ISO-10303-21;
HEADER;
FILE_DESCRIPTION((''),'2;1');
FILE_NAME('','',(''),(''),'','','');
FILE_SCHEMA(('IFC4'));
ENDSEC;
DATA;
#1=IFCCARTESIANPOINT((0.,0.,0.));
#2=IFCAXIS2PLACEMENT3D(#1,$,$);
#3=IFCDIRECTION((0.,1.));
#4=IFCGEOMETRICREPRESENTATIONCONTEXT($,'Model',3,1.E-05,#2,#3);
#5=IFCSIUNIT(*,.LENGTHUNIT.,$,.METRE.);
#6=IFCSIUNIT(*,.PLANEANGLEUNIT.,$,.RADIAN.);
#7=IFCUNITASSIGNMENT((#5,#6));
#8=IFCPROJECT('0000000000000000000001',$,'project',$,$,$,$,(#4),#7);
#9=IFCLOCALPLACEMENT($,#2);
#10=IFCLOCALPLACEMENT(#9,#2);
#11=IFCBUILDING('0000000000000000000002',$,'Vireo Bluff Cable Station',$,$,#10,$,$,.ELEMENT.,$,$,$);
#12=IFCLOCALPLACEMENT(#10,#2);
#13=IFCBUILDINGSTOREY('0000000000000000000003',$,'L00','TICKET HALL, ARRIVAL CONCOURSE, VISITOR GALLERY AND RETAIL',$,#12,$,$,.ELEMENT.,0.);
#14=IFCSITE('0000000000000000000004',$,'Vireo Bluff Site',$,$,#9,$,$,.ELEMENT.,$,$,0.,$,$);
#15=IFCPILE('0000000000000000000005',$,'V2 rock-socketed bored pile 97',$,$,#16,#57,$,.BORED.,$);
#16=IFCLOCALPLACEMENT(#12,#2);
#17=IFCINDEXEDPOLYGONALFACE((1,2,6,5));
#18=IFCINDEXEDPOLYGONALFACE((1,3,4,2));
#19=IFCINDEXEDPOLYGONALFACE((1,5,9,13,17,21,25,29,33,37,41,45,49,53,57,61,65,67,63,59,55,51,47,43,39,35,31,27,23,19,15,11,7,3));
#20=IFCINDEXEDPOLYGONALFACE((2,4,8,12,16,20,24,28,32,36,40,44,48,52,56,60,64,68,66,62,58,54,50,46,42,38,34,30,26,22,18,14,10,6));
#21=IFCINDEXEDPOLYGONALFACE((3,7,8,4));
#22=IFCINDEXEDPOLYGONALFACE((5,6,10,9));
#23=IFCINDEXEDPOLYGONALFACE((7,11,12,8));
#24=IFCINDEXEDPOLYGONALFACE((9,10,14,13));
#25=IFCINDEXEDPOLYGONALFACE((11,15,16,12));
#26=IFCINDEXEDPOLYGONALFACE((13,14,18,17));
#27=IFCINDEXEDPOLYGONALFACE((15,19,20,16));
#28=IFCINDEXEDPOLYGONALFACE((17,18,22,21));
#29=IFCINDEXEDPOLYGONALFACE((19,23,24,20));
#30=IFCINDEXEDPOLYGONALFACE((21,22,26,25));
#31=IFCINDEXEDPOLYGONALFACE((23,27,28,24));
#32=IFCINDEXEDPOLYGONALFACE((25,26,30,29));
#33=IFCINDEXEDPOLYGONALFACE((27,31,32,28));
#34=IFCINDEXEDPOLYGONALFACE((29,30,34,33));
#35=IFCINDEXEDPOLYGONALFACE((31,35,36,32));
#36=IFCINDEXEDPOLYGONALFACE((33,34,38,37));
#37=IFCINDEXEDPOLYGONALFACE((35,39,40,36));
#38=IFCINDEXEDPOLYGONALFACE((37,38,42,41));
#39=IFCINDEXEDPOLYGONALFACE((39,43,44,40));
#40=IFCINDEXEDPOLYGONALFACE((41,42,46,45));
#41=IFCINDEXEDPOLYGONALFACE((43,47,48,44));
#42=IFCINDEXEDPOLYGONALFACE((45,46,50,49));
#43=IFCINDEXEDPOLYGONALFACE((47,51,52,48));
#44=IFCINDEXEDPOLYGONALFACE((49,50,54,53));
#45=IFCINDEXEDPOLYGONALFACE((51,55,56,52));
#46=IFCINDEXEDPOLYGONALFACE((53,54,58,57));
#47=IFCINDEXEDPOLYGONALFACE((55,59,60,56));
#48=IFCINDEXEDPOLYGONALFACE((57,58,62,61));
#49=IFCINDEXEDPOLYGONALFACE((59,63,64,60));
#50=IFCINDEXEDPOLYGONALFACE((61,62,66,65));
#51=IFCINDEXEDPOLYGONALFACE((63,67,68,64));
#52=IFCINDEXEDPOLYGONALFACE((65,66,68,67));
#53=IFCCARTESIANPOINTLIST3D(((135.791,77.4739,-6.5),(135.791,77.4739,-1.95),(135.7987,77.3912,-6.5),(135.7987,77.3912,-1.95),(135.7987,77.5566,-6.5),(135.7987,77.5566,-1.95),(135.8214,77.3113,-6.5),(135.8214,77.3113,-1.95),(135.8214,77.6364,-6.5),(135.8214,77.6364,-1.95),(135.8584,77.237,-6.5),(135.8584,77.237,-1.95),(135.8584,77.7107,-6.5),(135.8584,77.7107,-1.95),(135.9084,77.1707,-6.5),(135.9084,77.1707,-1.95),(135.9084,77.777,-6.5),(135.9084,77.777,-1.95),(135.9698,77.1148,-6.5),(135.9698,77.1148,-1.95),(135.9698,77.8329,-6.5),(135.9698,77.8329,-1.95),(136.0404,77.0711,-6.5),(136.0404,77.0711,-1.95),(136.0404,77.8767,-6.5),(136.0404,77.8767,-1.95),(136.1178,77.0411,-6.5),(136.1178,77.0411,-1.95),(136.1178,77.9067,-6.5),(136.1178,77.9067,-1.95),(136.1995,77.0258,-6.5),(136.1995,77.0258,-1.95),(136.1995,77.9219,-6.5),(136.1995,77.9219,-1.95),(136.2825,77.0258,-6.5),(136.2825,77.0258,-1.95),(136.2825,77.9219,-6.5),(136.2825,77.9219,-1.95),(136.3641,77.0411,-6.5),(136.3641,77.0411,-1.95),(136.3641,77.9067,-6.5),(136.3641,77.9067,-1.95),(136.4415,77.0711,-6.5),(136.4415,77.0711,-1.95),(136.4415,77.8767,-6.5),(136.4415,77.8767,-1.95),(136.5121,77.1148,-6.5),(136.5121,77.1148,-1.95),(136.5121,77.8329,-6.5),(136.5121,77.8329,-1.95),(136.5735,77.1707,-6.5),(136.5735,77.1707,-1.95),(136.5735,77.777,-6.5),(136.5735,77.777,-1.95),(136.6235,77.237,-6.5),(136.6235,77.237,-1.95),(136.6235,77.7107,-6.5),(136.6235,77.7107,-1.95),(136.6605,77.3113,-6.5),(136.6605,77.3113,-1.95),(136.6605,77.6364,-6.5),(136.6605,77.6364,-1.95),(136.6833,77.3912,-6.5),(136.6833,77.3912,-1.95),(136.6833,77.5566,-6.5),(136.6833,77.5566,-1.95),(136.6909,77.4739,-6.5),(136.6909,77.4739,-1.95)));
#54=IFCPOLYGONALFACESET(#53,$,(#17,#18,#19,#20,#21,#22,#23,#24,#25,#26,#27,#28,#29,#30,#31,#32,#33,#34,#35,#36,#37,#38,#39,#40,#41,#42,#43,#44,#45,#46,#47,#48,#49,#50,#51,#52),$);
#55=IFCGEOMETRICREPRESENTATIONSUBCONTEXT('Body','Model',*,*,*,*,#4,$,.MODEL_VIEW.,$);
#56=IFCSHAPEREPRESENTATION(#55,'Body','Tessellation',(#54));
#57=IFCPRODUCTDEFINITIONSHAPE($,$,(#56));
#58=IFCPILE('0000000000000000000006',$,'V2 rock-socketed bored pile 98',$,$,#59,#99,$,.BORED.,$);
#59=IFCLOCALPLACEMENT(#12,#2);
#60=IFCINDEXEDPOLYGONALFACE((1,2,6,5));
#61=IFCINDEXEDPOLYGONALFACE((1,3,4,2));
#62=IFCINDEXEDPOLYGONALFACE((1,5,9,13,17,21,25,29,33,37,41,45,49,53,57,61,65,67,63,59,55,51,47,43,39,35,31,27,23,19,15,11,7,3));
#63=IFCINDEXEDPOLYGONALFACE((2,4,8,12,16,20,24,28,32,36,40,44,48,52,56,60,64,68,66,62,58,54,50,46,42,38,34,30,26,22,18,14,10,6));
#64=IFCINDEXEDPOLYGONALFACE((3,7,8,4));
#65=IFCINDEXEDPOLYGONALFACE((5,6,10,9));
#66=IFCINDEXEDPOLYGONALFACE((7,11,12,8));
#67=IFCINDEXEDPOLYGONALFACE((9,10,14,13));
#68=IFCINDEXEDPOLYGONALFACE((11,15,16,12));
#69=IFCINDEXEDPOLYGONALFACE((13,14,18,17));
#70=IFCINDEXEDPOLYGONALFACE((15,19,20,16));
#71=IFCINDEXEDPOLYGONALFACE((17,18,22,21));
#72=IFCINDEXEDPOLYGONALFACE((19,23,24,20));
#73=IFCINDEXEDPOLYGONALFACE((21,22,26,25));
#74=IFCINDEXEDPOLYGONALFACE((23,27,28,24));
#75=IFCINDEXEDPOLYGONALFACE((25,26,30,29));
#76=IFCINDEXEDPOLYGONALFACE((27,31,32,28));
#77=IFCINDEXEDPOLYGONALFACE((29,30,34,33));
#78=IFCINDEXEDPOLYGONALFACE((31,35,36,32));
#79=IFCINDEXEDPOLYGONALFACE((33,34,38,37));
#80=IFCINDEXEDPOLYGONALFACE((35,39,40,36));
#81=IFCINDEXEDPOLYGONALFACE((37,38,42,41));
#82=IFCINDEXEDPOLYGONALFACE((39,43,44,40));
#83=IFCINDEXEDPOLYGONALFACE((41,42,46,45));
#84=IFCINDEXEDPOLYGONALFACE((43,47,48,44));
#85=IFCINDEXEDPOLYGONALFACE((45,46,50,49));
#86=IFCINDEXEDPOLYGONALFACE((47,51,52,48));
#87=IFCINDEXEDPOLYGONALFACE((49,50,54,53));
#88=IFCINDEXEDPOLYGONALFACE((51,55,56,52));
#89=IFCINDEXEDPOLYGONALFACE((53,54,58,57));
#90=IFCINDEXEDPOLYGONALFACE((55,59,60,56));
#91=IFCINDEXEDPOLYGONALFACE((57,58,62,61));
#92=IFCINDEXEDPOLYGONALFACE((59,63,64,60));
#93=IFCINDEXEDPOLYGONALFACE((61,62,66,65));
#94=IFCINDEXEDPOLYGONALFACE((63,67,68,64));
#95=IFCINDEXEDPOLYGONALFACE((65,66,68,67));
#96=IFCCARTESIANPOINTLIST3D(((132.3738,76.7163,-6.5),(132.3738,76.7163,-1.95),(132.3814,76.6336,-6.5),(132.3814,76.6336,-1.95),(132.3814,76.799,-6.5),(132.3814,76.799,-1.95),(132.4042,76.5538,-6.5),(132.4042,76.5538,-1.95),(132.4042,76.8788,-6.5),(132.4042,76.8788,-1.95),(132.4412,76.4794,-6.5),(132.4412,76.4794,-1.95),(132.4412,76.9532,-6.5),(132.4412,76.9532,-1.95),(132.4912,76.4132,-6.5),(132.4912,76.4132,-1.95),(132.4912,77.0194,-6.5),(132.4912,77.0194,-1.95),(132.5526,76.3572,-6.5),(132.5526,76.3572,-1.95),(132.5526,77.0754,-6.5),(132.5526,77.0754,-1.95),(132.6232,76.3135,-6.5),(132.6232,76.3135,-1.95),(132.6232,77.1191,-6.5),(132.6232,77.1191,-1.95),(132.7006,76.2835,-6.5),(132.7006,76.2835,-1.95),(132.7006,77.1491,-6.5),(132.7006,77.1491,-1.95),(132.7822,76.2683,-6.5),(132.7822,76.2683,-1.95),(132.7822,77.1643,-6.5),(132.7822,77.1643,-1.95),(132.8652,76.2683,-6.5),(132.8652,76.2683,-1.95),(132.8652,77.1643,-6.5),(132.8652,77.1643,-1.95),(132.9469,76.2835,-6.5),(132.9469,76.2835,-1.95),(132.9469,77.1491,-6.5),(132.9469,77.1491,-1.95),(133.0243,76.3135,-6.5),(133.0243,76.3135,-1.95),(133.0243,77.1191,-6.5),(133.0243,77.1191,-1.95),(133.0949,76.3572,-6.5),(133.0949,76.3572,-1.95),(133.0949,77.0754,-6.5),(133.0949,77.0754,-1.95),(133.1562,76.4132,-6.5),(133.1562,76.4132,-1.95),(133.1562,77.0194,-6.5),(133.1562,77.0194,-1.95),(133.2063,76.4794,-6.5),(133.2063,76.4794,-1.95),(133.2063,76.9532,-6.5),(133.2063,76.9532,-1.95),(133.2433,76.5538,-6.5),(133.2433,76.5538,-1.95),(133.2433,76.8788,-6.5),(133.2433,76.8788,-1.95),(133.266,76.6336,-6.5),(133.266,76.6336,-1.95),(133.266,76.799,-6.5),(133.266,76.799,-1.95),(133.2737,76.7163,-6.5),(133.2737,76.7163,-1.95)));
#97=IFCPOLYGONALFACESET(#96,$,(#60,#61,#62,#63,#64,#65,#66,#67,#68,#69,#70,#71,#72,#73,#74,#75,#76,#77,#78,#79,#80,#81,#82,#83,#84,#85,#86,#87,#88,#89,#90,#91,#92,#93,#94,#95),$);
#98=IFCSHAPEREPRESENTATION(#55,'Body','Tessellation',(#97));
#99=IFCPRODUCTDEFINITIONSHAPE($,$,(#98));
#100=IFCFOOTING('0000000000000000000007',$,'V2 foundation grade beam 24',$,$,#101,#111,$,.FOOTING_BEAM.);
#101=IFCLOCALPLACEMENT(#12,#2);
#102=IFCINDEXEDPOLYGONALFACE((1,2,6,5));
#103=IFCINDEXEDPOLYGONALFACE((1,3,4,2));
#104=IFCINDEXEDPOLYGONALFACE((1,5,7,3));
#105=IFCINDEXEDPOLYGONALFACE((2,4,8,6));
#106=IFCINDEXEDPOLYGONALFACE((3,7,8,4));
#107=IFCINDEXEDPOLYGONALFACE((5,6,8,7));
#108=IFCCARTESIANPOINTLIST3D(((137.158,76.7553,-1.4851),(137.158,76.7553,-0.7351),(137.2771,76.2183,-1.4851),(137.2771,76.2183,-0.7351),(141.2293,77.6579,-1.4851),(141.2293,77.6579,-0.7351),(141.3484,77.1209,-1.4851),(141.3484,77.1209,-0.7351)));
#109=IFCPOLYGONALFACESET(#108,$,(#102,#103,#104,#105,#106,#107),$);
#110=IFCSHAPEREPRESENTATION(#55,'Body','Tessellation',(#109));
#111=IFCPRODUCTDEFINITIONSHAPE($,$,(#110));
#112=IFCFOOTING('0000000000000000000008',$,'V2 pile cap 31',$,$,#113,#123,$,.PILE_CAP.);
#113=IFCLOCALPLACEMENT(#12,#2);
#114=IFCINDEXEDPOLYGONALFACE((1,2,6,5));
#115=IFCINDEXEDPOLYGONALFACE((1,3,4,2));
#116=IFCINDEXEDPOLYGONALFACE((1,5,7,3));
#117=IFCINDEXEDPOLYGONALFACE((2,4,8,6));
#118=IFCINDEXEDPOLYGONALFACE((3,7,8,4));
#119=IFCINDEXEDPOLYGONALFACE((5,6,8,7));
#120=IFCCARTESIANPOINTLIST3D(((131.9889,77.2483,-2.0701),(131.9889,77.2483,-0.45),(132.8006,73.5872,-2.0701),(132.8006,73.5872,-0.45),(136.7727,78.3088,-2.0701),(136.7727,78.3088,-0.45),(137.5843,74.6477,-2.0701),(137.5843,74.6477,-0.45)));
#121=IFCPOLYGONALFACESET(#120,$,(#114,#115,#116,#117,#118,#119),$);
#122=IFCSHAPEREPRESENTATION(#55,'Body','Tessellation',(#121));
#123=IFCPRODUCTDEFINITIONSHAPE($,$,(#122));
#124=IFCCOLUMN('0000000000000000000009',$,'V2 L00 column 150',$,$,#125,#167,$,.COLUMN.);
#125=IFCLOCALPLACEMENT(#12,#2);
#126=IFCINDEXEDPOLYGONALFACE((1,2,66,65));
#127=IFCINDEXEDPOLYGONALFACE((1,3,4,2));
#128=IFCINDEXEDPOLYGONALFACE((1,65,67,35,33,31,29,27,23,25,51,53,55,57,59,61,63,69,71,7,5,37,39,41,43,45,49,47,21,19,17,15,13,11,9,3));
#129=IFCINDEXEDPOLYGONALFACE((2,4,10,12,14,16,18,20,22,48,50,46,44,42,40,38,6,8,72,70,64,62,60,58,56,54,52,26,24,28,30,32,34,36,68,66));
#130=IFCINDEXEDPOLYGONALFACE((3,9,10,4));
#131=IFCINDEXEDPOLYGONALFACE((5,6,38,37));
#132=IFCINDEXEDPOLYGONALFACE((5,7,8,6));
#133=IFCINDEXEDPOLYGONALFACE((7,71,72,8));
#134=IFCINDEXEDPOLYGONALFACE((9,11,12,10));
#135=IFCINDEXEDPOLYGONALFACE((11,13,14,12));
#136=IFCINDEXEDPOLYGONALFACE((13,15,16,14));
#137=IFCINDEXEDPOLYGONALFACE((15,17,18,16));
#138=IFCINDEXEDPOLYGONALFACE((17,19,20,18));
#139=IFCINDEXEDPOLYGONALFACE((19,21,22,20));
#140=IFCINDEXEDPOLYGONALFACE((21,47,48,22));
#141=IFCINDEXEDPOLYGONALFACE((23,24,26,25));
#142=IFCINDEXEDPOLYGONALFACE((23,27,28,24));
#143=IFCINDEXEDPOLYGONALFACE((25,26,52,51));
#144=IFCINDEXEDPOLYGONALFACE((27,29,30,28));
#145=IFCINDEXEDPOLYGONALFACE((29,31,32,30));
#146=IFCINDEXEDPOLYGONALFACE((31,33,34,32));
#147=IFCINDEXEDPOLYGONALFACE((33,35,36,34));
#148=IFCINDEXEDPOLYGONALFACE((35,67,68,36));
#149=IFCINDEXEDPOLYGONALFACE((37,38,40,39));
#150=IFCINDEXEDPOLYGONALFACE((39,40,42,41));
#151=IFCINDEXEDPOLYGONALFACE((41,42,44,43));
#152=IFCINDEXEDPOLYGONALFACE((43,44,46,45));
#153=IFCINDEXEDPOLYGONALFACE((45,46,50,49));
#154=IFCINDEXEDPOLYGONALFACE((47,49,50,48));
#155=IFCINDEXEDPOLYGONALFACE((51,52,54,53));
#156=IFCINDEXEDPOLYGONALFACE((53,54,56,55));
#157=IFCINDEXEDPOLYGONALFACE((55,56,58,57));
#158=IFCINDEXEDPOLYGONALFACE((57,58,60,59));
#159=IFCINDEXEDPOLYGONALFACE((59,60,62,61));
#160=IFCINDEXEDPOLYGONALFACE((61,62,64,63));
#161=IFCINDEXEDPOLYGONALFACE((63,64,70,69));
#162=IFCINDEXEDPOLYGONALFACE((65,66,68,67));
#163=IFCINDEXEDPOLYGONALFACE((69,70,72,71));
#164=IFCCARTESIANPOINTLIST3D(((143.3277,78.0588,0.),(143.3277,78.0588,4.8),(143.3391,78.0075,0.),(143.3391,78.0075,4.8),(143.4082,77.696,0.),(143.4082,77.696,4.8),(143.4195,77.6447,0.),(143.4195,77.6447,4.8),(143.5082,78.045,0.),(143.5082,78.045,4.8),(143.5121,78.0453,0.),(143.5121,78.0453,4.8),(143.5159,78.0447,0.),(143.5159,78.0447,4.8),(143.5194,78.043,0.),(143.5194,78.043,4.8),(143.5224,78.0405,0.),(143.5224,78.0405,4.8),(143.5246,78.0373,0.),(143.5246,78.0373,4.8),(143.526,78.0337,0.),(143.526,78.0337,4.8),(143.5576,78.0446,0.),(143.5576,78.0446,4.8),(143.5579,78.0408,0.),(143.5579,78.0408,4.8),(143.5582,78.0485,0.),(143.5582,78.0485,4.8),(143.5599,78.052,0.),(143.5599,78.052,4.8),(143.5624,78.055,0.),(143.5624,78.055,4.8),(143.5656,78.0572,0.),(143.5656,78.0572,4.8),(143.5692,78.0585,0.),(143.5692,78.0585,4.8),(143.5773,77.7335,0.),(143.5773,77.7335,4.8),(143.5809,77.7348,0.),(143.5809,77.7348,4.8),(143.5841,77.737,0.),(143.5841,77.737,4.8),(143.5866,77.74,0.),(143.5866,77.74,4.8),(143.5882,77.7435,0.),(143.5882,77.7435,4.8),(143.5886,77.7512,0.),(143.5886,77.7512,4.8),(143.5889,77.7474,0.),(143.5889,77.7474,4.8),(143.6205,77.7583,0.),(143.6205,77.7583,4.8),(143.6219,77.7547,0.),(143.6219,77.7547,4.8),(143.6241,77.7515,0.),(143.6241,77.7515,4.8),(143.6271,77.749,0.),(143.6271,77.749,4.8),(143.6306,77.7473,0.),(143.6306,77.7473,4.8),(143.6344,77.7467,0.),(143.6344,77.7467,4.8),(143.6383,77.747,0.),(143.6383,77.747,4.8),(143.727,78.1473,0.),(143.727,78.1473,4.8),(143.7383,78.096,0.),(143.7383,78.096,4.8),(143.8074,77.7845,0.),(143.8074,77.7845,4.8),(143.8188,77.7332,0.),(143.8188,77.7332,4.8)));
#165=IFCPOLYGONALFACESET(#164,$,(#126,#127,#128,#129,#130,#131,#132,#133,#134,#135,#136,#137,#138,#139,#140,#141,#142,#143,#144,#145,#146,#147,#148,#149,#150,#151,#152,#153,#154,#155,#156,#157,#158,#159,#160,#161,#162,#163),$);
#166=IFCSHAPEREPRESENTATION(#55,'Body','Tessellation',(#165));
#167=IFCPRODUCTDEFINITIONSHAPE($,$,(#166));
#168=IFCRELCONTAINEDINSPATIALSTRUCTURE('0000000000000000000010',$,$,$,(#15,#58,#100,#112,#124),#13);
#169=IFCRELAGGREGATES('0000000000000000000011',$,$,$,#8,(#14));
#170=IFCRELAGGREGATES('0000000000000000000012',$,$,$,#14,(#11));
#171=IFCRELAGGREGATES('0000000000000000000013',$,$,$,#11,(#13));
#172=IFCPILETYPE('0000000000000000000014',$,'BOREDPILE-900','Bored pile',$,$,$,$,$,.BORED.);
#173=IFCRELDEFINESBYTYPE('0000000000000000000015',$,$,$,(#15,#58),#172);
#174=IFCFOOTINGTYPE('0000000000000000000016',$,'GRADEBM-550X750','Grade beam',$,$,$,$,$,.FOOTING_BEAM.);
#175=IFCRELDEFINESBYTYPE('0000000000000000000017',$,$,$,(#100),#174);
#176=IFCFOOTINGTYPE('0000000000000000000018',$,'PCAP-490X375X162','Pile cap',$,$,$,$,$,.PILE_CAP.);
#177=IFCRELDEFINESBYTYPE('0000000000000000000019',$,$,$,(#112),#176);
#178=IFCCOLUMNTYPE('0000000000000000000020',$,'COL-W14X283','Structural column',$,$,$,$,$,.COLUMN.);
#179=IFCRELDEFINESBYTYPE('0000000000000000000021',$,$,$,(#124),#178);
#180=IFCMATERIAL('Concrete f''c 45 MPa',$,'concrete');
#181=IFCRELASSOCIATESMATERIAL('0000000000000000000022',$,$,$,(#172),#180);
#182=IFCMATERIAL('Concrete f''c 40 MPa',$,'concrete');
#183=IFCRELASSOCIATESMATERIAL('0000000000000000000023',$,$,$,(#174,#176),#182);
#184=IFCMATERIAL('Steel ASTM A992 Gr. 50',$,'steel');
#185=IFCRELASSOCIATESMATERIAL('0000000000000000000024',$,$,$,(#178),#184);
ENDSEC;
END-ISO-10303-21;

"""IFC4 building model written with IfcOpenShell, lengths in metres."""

from ifc_helpers import new_model, si_unit, direction, frame, origin, origin_2d, place, context, subcontext, project, spatial, rectangle, circle, i_section, extrude, material, material_profile, profile_set, type_object, element, save


model = new_model("IFC4")

# Units and contexts
model_context = context("Model", 3, precision=1e-05, world=origin(), true_north=direction((0.0, 1.0)))
body_context = subcontext(model_context, "Body", "Model", "MODEL_VIEW")
ifc_project = project(units=[si_unit("LENGTHUNIT", "METRE"), si_unit("PLANEANGLEUNIT", "RADIAN")], contexts=[model_context])

# Site, building, storey
site_placement = place(None, origin())
site = spatial("IfcSite", under=ifc_project, at=site_placement, Name="Vireo Bluff Site", CompositionType="ELEMENT", RefElevation=0.0)
building_placement = place(site_placement, origin())
building = spatial("IfcBuilding", under=site, at=building_placement, Name="Vireo Bluff Cable Station", CompositionType="ELEMENT")
storey_placement = place(building_placement, origin())
storey = spatial("IfcBuildingStorey", under=building, at=storey_placement, Name="L00", Description="TICKET HALL, ARRIVAL CONCOURSE, VISITOR GALLERY AND RETAIL", CompositionType="ELEMENT", Elevation=0.0)

# Piles
ifc_material_1 = material(Name="Concrete f'c 45 MPa", Category="concrete")
ifc_material_profile_1 = material_profile(ifc_material_1, circle(Radius=0.45, at=origin_2d()), Name="BOREDPILE-900")
ifc_profile_set_1 = profile_set([ifc_material_profile_1], Name="Concrete f'c 45 MPa")
pile_type_1 = type_object("IfcPileType", Name="BOREDPILE-900", Description="Bored pile", PredefinedType="BORED", material=ifc_profile_set_1)
for number, where, z_axis, x_axis, name in (
    (1, (136.241, 77.4739, -1.95), (0.0, 0.0, -1.0), (1.0, 0.0, 0.0), "V2 rock-socketed bored pile 97"),
    (2, (132.8237, 76.7163, -1.95), (0.0, 0.0, -1.0), (1.0, 0.0, 0.0), "V2 rock-socketed bored pile 98"),
):
    element("IfcPile", number, at=place(storey_placement, frame(where, z_axis=z_axis, x_axis=x_axis)), inside=storey, type_object=pile_type_1, Name=name, PredefinedType="BORED", context=body_context, shape_type="SweptSolid", body=[
        extrude(circle(Radius=0.45, at=origin_2d()), origin(), (0.0, 0.0, 1.0), 4.55),
    ])

# Footings
ifc_material_2 = material(Name="Concrete f'c 40 MPa", Category="concrete")
ifc_material_profile_2 = material_profile(ifc_material_2, rectangle(XDim=0.55, YDim=0.75, at=origin_2d()), Name="GRADEBM-550X750")
ifc_profile_set_2 = profile_set([ifc_material_profile_2], Name="Concrete f'c 40 MPa")
footing_type_1 = type_object("IfcFootingType", Name="GRADEBM-550X750", Description="Grade beam", PredefinedType="FOOTING_BEAM", material=ifc_profile_set_2)
footing_1_placement = place(storey_placement, frame((137.2175, 76.4868, -1.1101), z_axis=(0.976296, 0.216441, 0.0), x_axis=(-0.216441, 0.976296, 0.0)))
element("IfcFooting", 3, at=footing_1_placement, inside=storey, type_object=footing_type_1, Name="V2 foundation grade beam 24", PredefinedType="FOOTING_BEAM", context=body_context, shape_type="SweptSolid", body=[
    extrude(rectangle(XDim=0.55, YDim=0.75, at=origin_2d()), origin(), (0.0, 0.0, 1.0), 4.1702),
])
footing_type_2 = type_object("IfcFootingType", Name="PCAP-490X375X162", Description="Pile cap", PredefinedType="PILE_CAP", material=ifc_material_2)
footing_2_placement = place(storey_placement, frame((134.7866, 75.948, -2.0701), z_axis=(0.0, 0.0, 1.0), x_axis=(0.976296, 0.21644, 0.0)))
element("IfcFooting", 4, at=footing_2_placement, inside=storey, type_object=footing_type_2, Name="V2 pile cap 31", PredefinedType="PILE_CAP", context=body_context, shape_type="SweptSolid", body=[
    extrude(rectangle(XDim=4.8999, YDim=3.75, at=origin_2d()), origin(), (0.0, 0.0, 1.0), 1.6201),
])

# Column
ifc_material_3 = material(Name="Steel ASTM A992 Gr. 50", Category="steel")
ifc_material_profile_3 = material_profile(ifc_material_3, i_section(OverallWidth=0.4089, OverallDepth=0.4241, WebThickness=0.0327, FlangeThickness=0.0525, FilletRadius=0.0149, at=origin_2d()), Name="W14X283")
ifc_profile_set_3 = profile_set([ifc_material_profile_3], Name="Steel ASTM A992 Gr. 50")
column_type_1 = type_object("IfcColumnType", Name="COL-W14X283", Description="Structural column", PredefinedType="COLUMN", material=ifc_profile_set_3)
column_1_placement = place(storey_placement, frame((143.5732, 77.896, 0.0), z_axis=(0.0, 0.0, 1.0), x_axis=(0.976296, 0.21644, 0.0)))
element("IfcColumn", 5, at=column_1_placement, inside=storey, type_object=column_type_1, Name="V2 L00 column 150", PredefinedType="COLUMN", context=body_context, shape_type="SweptSolid", body=[
    extrude(i_section(OverallWidth=0.4089, OverallDepth=0.4241, WebThickness=0.0327, FlangeThickness=0.0525, FilletRadius=0.0149, at=origin_2d()), origin(), (0.0, 0.0, 1.0), 4.8),
])

save(model, "model.ifc")
